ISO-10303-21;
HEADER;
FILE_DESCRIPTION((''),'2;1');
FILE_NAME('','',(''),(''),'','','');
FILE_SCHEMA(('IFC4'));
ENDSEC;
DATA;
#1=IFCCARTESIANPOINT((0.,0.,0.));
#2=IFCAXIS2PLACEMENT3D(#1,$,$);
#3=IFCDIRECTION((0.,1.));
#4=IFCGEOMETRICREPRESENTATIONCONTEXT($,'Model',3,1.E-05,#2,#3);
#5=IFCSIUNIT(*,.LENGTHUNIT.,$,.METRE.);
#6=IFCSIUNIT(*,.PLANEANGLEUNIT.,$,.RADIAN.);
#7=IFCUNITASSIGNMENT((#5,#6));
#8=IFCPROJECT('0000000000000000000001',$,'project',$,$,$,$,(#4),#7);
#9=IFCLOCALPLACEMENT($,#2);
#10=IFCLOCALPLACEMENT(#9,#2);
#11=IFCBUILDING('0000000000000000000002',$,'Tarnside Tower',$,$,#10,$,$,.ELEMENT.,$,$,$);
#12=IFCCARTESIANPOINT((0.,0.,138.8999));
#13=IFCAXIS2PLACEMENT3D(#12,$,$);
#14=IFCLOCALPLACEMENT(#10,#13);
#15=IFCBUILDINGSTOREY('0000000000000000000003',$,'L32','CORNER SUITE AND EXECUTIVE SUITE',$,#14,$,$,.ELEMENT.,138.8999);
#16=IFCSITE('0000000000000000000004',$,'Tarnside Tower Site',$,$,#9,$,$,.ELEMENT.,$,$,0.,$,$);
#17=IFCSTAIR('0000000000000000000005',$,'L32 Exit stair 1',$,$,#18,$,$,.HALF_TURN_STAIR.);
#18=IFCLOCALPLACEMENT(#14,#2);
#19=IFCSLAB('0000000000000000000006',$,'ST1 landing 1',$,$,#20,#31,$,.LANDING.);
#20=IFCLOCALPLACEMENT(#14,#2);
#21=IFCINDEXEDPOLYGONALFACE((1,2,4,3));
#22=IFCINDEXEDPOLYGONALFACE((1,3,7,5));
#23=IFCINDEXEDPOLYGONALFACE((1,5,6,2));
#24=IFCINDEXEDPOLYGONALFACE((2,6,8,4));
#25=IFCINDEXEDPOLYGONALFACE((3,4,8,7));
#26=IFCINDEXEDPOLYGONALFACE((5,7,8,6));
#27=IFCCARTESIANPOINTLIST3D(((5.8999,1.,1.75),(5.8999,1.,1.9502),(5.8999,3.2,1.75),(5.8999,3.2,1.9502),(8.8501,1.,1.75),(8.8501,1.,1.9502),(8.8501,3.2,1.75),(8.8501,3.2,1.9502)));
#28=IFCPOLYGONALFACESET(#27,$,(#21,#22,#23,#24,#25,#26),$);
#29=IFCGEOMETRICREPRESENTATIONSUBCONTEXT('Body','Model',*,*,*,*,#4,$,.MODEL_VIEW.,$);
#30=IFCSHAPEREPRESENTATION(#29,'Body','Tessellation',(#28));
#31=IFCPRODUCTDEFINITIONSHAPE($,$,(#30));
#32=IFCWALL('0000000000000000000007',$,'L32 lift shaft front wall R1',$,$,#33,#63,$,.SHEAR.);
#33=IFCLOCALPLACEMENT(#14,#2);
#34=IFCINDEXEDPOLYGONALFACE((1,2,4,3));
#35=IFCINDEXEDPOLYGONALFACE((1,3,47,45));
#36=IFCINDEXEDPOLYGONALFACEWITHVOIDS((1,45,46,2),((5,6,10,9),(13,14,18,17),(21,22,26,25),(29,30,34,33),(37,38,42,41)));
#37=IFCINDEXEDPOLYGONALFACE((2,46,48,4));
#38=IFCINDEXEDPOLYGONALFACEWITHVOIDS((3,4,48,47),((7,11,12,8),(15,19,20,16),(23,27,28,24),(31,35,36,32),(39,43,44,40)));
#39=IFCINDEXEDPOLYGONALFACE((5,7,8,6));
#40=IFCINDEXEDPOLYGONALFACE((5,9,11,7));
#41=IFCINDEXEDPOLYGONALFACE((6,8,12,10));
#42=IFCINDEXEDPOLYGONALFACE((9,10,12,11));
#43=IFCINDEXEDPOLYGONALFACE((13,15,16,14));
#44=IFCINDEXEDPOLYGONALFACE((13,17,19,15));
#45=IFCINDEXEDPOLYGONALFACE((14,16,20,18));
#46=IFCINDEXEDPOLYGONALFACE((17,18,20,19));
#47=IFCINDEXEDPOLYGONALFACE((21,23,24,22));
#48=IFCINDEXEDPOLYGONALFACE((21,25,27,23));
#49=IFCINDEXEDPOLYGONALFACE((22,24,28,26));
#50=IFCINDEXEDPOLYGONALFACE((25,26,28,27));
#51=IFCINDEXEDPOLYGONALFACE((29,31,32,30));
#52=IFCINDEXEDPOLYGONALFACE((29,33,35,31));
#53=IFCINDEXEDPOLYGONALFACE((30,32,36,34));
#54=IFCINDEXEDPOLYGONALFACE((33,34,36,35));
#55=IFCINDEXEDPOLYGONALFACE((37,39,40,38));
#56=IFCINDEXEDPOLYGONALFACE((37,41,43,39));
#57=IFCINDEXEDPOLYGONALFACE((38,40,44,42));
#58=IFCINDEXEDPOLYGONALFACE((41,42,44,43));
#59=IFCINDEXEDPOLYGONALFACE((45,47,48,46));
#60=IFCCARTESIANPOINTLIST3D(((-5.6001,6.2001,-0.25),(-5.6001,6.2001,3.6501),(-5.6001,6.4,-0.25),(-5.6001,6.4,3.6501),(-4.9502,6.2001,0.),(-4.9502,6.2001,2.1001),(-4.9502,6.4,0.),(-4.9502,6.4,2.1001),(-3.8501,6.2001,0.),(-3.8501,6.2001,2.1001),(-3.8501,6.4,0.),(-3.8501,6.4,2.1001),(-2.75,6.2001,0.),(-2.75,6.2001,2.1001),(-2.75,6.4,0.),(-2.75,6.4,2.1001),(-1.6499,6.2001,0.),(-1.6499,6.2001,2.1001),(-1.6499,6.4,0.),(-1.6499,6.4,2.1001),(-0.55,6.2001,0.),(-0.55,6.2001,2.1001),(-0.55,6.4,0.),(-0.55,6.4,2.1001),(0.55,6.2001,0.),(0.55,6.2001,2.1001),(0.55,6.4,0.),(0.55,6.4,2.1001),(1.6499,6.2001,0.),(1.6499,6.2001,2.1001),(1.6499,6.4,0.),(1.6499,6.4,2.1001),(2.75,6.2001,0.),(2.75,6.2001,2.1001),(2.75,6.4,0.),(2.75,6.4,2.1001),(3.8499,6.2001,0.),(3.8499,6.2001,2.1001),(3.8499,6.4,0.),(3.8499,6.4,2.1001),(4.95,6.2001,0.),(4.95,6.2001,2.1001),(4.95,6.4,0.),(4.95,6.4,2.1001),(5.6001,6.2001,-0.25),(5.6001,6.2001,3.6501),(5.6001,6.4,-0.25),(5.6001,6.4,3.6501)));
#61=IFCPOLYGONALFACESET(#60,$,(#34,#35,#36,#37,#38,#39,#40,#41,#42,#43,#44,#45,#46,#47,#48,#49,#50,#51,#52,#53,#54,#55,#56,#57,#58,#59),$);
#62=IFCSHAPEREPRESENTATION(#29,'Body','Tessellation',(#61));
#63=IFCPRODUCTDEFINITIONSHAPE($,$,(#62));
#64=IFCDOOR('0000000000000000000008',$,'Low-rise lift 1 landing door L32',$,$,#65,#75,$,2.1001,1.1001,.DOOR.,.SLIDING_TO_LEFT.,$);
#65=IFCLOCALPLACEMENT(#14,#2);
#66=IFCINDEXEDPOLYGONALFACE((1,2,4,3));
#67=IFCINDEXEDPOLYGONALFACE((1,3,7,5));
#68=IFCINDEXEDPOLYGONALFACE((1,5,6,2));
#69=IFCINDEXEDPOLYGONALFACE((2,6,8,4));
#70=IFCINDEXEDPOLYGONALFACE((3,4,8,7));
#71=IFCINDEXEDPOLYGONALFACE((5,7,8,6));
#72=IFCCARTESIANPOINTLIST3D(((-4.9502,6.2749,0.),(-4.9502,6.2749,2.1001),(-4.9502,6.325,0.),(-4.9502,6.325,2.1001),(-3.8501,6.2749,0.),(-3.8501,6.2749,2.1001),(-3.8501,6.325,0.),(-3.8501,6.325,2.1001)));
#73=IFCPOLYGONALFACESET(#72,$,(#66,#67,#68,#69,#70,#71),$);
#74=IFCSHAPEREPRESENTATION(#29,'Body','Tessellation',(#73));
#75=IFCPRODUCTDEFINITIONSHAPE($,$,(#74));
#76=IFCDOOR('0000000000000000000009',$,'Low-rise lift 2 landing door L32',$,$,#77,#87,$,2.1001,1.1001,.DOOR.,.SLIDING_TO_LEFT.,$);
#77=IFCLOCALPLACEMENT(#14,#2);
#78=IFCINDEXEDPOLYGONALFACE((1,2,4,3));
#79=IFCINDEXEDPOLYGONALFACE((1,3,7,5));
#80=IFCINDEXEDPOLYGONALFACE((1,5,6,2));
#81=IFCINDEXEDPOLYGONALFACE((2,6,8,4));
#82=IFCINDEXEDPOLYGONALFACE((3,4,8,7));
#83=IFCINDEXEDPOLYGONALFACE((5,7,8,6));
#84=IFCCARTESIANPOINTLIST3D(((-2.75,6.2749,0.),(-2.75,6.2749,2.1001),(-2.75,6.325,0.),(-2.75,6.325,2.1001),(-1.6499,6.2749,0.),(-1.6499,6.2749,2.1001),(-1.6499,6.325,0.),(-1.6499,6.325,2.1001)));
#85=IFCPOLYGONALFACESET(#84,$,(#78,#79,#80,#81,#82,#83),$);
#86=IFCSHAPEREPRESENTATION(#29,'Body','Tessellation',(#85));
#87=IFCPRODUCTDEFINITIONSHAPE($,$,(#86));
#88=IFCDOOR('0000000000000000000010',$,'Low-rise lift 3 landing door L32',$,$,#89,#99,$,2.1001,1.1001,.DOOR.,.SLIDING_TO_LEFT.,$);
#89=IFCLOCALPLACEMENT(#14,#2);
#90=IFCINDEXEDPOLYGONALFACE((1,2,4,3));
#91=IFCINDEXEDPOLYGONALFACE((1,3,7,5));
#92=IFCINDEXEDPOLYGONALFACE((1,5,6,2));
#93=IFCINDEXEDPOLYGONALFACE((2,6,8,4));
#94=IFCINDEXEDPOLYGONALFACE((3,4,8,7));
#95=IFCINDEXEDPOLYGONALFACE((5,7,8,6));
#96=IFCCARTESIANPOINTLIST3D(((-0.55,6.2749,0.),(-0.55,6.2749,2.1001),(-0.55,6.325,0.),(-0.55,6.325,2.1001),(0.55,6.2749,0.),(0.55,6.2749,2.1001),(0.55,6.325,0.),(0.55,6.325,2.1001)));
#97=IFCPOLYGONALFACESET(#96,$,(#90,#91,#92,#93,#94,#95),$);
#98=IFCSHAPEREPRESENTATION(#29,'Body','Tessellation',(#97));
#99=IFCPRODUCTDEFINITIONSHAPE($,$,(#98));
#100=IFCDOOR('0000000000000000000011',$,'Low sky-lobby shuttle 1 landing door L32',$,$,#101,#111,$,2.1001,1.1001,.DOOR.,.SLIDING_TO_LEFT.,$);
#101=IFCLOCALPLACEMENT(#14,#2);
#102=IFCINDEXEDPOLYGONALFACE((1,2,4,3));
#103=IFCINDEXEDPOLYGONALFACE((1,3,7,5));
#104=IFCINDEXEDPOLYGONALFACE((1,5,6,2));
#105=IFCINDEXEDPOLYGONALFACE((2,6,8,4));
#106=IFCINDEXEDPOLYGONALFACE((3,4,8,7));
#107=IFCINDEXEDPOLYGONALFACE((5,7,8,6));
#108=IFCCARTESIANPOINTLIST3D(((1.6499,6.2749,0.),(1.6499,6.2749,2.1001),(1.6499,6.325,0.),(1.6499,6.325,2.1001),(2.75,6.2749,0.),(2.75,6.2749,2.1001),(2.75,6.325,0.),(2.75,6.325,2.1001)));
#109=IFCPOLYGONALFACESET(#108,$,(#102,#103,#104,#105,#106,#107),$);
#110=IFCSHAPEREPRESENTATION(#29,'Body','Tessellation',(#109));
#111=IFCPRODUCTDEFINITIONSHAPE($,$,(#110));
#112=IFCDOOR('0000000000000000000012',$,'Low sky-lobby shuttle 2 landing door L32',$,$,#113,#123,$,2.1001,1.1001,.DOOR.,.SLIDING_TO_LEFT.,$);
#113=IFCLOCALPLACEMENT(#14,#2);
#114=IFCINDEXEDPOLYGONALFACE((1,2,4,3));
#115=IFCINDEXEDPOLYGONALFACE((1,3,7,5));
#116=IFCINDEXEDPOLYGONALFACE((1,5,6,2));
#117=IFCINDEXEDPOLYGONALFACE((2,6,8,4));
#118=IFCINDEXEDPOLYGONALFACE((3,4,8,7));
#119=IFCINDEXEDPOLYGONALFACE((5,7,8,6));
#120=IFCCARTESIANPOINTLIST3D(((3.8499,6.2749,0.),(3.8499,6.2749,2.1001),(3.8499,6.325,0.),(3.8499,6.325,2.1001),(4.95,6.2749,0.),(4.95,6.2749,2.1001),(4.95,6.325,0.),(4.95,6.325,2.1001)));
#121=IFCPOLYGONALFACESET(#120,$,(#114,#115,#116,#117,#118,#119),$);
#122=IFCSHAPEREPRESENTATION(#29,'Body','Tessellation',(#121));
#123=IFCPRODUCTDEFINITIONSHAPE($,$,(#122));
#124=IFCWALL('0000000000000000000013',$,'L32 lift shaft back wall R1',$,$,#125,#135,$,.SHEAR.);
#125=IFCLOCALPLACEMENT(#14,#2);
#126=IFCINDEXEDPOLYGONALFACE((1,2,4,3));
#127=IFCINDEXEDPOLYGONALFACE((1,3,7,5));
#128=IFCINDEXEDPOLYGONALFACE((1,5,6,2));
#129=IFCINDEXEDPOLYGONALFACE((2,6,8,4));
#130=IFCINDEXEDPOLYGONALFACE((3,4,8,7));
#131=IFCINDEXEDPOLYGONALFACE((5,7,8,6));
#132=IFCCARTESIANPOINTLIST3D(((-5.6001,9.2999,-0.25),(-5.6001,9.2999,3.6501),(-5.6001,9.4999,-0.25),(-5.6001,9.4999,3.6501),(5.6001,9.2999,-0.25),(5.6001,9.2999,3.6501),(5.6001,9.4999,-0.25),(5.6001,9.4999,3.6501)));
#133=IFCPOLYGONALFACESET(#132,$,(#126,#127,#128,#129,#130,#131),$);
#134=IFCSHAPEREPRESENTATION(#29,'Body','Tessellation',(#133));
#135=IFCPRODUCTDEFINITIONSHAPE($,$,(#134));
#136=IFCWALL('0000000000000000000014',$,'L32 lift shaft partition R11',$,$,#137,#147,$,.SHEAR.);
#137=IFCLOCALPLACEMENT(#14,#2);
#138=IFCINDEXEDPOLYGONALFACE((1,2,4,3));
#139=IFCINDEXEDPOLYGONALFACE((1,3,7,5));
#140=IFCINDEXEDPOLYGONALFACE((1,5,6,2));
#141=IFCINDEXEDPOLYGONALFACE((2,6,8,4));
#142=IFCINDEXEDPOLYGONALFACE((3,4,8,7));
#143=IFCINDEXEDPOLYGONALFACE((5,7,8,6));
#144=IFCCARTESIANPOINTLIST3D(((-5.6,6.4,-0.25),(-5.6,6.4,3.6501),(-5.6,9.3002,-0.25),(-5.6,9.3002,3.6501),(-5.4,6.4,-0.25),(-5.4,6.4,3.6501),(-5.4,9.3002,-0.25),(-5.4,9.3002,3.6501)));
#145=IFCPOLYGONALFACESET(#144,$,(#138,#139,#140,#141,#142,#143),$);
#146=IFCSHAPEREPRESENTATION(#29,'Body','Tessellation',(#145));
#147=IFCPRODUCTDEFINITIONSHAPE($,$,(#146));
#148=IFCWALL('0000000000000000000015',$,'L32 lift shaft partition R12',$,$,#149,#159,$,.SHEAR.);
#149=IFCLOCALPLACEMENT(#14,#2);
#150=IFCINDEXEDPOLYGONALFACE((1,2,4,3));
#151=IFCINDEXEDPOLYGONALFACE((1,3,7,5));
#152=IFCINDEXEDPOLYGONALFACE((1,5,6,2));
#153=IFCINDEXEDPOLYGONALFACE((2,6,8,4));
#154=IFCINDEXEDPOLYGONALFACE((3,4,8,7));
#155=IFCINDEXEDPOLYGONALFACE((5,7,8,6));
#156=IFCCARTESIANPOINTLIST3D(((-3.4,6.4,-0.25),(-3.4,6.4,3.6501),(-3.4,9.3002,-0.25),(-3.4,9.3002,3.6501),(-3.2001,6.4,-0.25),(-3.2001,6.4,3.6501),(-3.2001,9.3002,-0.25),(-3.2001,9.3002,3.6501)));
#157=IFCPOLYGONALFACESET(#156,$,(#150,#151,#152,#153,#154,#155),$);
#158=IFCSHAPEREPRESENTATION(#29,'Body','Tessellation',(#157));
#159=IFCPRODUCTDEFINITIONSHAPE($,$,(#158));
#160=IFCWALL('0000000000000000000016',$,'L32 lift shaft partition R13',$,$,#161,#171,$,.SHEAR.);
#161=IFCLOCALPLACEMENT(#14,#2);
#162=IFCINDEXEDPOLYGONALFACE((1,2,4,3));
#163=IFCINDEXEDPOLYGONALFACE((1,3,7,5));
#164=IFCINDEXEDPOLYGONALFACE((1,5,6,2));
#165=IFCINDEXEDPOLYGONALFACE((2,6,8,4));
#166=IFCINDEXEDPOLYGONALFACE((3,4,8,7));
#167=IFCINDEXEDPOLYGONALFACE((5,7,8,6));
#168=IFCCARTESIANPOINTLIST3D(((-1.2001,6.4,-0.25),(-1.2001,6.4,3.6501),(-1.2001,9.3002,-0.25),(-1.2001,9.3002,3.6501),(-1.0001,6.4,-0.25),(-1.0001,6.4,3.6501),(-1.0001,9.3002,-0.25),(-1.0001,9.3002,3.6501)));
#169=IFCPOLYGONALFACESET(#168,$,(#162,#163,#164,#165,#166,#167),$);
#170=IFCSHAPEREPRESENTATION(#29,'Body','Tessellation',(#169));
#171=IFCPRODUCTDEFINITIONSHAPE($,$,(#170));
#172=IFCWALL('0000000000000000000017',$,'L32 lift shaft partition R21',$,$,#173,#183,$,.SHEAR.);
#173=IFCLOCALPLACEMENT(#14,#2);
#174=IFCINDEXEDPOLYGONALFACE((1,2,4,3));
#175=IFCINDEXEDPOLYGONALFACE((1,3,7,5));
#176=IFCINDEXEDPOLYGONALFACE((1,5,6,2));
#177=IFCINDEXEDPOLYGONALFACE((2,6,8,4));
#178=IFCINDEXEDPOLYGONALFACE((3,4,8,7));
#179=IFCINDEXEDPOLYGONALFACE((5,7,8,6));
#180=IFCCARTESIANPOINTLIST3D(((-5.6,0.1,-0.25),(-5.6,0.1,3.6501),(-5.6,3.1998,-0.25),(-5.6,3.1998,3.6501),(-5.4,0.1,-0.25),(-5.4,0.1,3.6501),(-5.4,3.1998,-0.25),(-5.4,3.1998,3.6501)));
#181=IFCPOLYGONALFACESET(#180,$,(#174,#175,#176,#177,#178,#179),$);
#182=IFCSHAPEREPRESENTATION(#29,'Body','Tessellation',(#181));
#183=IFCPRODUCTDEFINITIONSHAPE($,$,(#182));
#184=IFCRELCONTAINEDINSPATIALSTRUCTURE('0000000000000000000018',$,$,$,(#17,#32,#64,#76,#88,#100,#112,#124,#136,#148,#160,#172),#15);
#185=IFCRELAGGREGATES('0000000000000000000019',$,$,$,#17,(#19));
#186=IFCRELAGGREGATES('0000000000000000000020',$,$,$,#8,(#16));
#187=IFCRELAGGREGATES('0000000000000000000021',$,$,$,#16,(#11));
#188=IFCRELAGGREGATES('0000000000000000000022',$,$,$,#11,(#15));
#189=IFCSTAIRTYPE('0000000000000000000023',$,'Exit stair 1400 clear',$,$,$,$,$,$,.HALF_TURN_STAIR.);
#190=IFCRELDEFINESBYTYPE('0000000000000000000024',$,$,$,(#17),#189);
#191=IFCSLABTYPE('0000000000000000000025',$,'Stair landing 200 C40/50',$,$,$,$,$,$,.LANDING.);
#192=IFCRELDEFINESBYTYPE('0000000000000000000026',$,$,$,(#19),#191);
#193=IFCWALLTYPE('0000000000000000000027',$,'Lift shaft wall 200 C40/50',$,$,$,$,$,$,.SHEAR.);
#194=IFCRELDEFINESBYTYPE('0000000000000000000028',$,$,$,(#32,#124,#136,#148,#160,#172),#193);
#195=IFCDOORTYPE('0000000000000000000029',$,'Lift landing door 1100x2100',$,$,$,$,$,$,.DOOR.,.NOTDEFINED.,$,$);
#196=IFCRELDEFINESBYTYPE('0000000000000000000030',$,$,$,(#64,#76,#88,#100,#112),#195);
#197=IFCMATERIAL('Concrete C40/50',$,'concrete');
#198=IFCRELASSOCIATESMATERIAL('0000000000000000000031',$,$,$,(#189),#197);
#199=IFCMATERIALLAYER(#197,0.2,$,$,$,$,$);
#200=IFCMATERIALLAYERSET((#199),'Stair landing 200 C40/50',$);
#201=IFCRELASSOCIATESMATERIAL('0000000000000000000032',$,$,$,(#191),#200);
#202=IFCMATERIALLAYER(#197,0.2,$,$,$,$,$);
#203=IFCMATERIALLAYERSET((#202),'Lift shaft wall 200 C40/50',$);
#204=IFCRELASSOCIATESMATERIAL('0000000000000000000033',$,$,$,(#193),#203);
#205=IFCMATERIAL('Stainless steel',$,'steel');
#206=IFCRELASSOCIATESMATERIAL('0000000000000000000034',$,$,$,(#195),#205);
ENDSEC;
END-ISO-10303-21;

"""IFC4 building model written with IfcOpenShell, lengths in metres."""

from ifc_helpers import new_model, si_unit, direction, frame, frame_2d, origin, place, context, subcontext, project, spatial, polyline, rectangle, outline, extrude, material, layer, layer_set, type_object, element, fill, aggregate, save


model = new_model("IFC4")

# Units and contexts
model_context = context("Model", 3, precision=1e-05, world=origin(), true_north=direction((0.0, 1.0)))
body_context = subcontext(model_context, "Body", "Model", "MODEL_VIEW")
ifc_project = project(units=[si_unit("LENGTHUNIT", "METRE"), si_unit("PLANEANGLEUNIT", "RADIAN")], contexts=[model_context])

# Site, building, storey
site_placement = place(None, origin())
site = spatial("IfcSite", under=ifc_project, at=site_placement, Name="Tarnside Tower Site", CompositionType="ELEMENT", RefElevation=0.0)
building_placement = place(site_placement, origin())
building = spatial("IfcBuilding", under=site, at=building_placement, Name="Tarnside Tower", CompositionType="ELEMENT")
storey_placement = place(building_placement, frame((0.0, 0.0, 138.8999)))
storey = spatial("IfcBuildingStorey", under=building, at=storey_placement, Name="L32", Description="CORNER SUITE AND EXECUTIVE SUITE", CompositionType="ELEMENT", Elevation=138.8999)

# Stair, slab
ifc_material_1 = material(Name="Concrete C40/50", Category="concrete")
stair_type = type_object("IfcStairType", Name="Exit stair 1400 clear", PredefinedType="HALF_TURN_STAIR", material=ifc_material_1)
stair_placement = place(storey_placement, origin())
stair = element("IfcStair", 1, at=stair_placement, inside=storey, type_object=stair_type, Name="L32 Exit stair 1", PredefinedType="HALF_TURN_STAIR")
ifc_layer_1 = layer(ifc_material_1, 0.2)
ifc_layer_set_1 = layer_set([ifc_layer_1], Name="Stair landing 200 C40/50")
slab_type = type_object("IfcSlabType", Name="Stair landing 200 C40/50", PredefinedType="LANDING", material=ifc_layer_set_1)
slab_placement = place(storey_placement, frame((0.0, 0.0, 1.75)))
slab = element("IfcSlab", 2, at=slab_placement, type_object=slab_type, Name="ST1 landing 1", PredefinedType="LANDING", context=body_context, shape_type="SweptSolid", body=[
    extrude(outline(polyline([(8.8501, 1.0), (8.8501, 3.2), (5.8999, 3.2), (5.8999, 1.0), (8.8501, 1.0)])), origin(), (0.0, 0.0, 1.0), 0.2002),
])
aggregate(stair, [slab])

# Wall, openings, doors
ifc_layer_2 = layer(ifc_material_1, 0.2)
ifc_layer_set_2 = layer_set([ifc_layer_2], Name="Lift shaft wall 200 C40/50")
wall_type = type_object("IfcWallType", Name="Lift shaft wall 200 C40/50", PredefinedType="SHEAR", material=ifc_layer_set_2)
wall_1_placement = place(storey_placement, frame((-5.6001, 6.3, -0.25), z_axis=(0.0, 0.0, 1.0), x_axis=(1.0, 0.0, 0.0)))
wall_1 = element("IfcWall", 3, at=wall_1_placement, inside=storey, type_object=wall_type, Name="L32 lift shaft front wall R1", PredefinedType="SHEAR", context=body_context, shape_type="SweptSolid", body=[
    extrude(rectangle(XDim=11.2002, YDim=0.2, at=frame_2d((5.6001, 0.0))), origin(), (0.0, 0.0, 1.0), 3.9001),
])
opening_1_placement = place(wall_1_placement, frame((0.6499, 0.0, 0.25)))
opening_1 = element("IfcOpeningElement", 4, at=opening_1_placement, cuts=wall_1, PredefinedType="OPENING", context=body_context, shape_type="SweptSolid", body=[
    extrude(rectangle(XDim=1.1001, YDim=2.1001, at=frame_2d((0.55, 1.05))), frame((0.0, 0.1099, 0.0), z_axis=(0.0, -1.0, 0.0), x_axis=(1.0, 0.0, 0.0)), (0.0, 0.0, 1.0), 0.22),
])
opening_2_placement = place(wall_1_placement, frame((2.8501, 0.0, 0.25)))
opening_2 = element("IfcOpeningElement", 5, at=opening_2_placement, cuts=wall_1, PredefinedType="OPENING", context=body_context, shape_type="SweptSolid", body=[
    extrude(rectangle(XDim=1.1001, YDim=2.1001, at=frame_2d((0.55, 1.05))), frame((0.0, 0.1099, 0.0), z_axis=(0.0, -1.0, 0.0), x_axis=(1.0, 0.0, 0.0)), (0.0, 0.0, 1.0), 0.22),
])
opening_3_placement = place(wall_1_placement, frame((5.05, 0.0, 0.25)))
opening_3 = element("IfcOpeningElement", 6, at=opening_3_placement, cuts=wall_1, PredefinedType="OPENING", context=body_context, shape_type="SweptSolid", body=[
    extrude(rectangle(XDim=1.1001, YDim=2.1001, at=frame_2d((0.55, 1.05))), frame((0.0, 0.1099, 0.0), z_axis=(0.0, -1.0, 0.0), x_axis=(1.0, 0.0, 0.0)), (0.0, 0.0, 1.0), 0.22),
])
opening_4_placement = place(wall_1_placement, frame((7.25, 0.0, 0.25)))
opening_4 = element("IfcOpeningElement", 7, at=opening_4_placement, cuts=wall_1, PredefinedType="OPENING", context=body_context, shape_type="SweptSolid", body=[
    extrude(rectangle(XDim=1.1001, YDim=2.1001, at=frame_2d((0.55, 1.05))), frame((0.0, 0.1099, 0.0), z_axis=(0.0, -1.0, 0.0), x_axis=(1.0, 0.0, 0.0)), (0.0, 0.0, 1.0), 0.22),
])
opening_5_placement = place(wall_1_placement, frame((9.45, 0.0, 0.25)))
opening_5 = element("IfcOpeningElement", 8, at=opening_5_placement, cuts=wall_1, PredefinedType="OPENING", context=body_context, shape_type="SweptSolid", body=[
    extrude(rectangle(XDim=1.1001, YDim=2.1001, at=frame_2d((0.55, 1.05))), frame((0.0, 0.1099, 0.0), z_axis=(0.0, -1.0, 0.0), x_axis=(1.0, 0.0, 0.0)), (0.0, 0.0, 1.0), 0.22),
])
ifc_material_2 = material(Name="Stainless steel", Category="steel")
door_type = type_object("IfcDoorType", Name="Lift landing door 1100x2100", OperationType="NOTDEFINED", PredefinedType="DOOR", material=ifc_material_2)
door_1_placement = place(opening_1_placement, origin())
door_1 = element("IfcDoor", 9, at=door_1_placement, inside=storey, type_object=door_type, Name="Low-rise lift 1 landing door L32", OperationType="SLIDING_TO_LEFT", OverallHeight=2.1001, OverallWidth=1.1001, PredefinedType="DOOR", context=body_context, shape_type="SweptSolid", body=[
    extrude(rectangle(XDim=1.1001, YDim=2.1001, at=frame_2d((0.55, 1.05))), frame((0.0, 0.0249, 0.0), z_axis=(0.0, -1.0, 0.0), x_axis=(1.0, 0.0, 0.0)), (0.0, 0.0, 1.0), 0.05),
])
fill(opening_1, door_1)
door_2_placement = place(opening_2_placement, origin())
door_2 = element("IfcDoor", 10, at=door_2_placement, inside=storey, type_object=door_type, Name="Low-rise lift 2 landing door L32", OperationType="SLIDING_TO_LEFT", OverallHeight=2.1001, OverallWidth=1.1001, PredefinedType="DOOR", context=body_context, shape_type="SweptSolid", body=[
    extrude(rectangle(XDim=1.1001, YDim=2.1001, at=frame_2d((0.55, 1.05))), frame((0.0, 0.0249, 0.0), z_axis=(0.0, -1.0, 0.0), x_axis=(1.0, 0.0, 0.0)), (0.0, 0.0, 1.0), 0.05),
])
fill(opening_2, door_2)
door_3_placement = place(opening_3_placement, origin())
door_3 = element("IfcDoor", 11, at=door_3_placement, inside=storey, type_object=door_type, Name="Low-rise lift 3 landing door L32", OperationType="SLIDING_TO_LEFT", OverallHeight=2.1001, OverallWidth=1.1001, PredefinedType="DOOR", context=body_context, shape_type="SweptSolid", body=[
    extrude(rectangle(XDim=1.1001, YDim=2.1001, at=frame_2d((0.55, 1.05))), frame((0.0, 0.0249, 0.0), z_axis=(0.0, -1.0, 0.0), x_axis=(1.0, 0.0, 0.0)), (0.0, 0.0, 1.0), 0.05),
])
fill(opening_3, door_3)
door_4_placement = place(opening_4_placement, origin())
door_4 = element("IfcDoor", 12, at=door_4_placement, inside=storey, type_object=door_type, Name="Low sky-lobby shuttle 1 landing door L32", OperationType="SLIDING_TO_LEFT", OverallHeight=2.1001, OverallWidth=1.1001, PredefinedType="DOOR", context=body_context, shape_type="SweptSolid", body=[
    extrude(rectangle(XDim=1.1001, YDim=2.1001, at=frame_2d((0.55, 1.05))), frame((0.0, 0.0249, 0.0), z_axis=(0.0, -1.0, 0.0), x_axis=(1.0, 0.0, 0.0)), (0.0, 0.0, 1.0), 0.05),
])
fill(opening_4, door_4)
door_5_placement = place(opening_5_placement, origin())
door_5 = element("IfcDoor", 13, at=door_5_placement, inside=storey, type_object=door_type, Name="Low sky-lobby shuttle 2 landing door L32", OperationType="SLIDING_TO_LEFT", OverallHeight=2.1001, OverallWidth=1.1001, PredefinedType="DOOR", context=body_context, shape_type="SweptSolid", body=[
    extrude(rectangle(XDim=1.1001, YDim=2.1001, at=frame_2d((0.55, 1.05))), frame((0.0, 0.0249, 0.0), z_axis=(0.0, -1.0, 0.0), x_axis=(1.0, 0.0, 0.0)), (0.0, 0.0, 1.0), 0.05),
])
fill(opening_5, door_5)

# Walls
wall_2_placement = place(storey_placement, frame((-5.6001, 9.3999, -0.25), z_axis=(0.0, 0.0, 1.0), x_axis=(1.0, 0.0, 0.0)))
element("IfcWall", 14, at=wall_2_placement, inside=storey, type_object=wall_type, Name="L32 lift shaft back wall R1", PredefinedType="SHEAR", context=body_context, shape_type="SweptSolid", body=[
    extrude(rectangle(XDim=11.2002, YDim=0.2, at=frame_2d((5.6001, 0.0))), origin(), (0.0, 0.0, 1.0), 3.9001),
])
for number, where, z_axis, x_axis, name in (
    (15, (-5.5, 6.3999, -0.25), (0.0, 0.0, 1.0), (0.0, 1.0, 0.0), "L32 lift shaft partition R11"),
    (16, (-3.3, 6.3999, -0.25), (0.0, 0.0, 1.0), (0.0, 1.0, 0.0), "L32 lift shaft partition R12"),
    (17, (-1.1001, 6.3999, -0.25), (0.0, 0.0, 1.0), (0.0, 1.0, 0.0), "L32 lift shaft partition R13"),
):
    element("IfcWall", number, at=place(storey_placement, frame(where, z_axis=z_axis, x_axis=x_axis)), inside=storey, type_object=wall_type, Name=name, PredefinedType="SHEAR", context=body_context, shape_type="SweptSolid", body=[
        extrude(rectangle(XDim=2.9001, YDim=0.2, at=frame_2d((1.4502, 0.0))), origin(), (0.0, 0.0, 1.0), 3.9001),
    ])
for number, where, z_axis, x_axis, name in (
    (18, (-5.5, 0.1001, -0.25), (0.0, 0.0, 1.0), (0.0, 1.0, 0.0), "L32 lift shaft partition R21"),
):
    element("IfcWall", number, at=place(storey_placement, frame(where, z_axis=z_axis, x_axis=x_axis)), inside=storey, type_object=wall_type, Name=name, PredefinedType="SHEAR", context=body_context, shape_type="SweptSolid", body=[
        extrude(rectangle(XDim=3.0999, YDim=0.2, at=frame_2d((1.5498, 0.0))), origin(), (0.0, 0.0, 1.0), 3.9001),
    ])

save(model, "model.ifc")
